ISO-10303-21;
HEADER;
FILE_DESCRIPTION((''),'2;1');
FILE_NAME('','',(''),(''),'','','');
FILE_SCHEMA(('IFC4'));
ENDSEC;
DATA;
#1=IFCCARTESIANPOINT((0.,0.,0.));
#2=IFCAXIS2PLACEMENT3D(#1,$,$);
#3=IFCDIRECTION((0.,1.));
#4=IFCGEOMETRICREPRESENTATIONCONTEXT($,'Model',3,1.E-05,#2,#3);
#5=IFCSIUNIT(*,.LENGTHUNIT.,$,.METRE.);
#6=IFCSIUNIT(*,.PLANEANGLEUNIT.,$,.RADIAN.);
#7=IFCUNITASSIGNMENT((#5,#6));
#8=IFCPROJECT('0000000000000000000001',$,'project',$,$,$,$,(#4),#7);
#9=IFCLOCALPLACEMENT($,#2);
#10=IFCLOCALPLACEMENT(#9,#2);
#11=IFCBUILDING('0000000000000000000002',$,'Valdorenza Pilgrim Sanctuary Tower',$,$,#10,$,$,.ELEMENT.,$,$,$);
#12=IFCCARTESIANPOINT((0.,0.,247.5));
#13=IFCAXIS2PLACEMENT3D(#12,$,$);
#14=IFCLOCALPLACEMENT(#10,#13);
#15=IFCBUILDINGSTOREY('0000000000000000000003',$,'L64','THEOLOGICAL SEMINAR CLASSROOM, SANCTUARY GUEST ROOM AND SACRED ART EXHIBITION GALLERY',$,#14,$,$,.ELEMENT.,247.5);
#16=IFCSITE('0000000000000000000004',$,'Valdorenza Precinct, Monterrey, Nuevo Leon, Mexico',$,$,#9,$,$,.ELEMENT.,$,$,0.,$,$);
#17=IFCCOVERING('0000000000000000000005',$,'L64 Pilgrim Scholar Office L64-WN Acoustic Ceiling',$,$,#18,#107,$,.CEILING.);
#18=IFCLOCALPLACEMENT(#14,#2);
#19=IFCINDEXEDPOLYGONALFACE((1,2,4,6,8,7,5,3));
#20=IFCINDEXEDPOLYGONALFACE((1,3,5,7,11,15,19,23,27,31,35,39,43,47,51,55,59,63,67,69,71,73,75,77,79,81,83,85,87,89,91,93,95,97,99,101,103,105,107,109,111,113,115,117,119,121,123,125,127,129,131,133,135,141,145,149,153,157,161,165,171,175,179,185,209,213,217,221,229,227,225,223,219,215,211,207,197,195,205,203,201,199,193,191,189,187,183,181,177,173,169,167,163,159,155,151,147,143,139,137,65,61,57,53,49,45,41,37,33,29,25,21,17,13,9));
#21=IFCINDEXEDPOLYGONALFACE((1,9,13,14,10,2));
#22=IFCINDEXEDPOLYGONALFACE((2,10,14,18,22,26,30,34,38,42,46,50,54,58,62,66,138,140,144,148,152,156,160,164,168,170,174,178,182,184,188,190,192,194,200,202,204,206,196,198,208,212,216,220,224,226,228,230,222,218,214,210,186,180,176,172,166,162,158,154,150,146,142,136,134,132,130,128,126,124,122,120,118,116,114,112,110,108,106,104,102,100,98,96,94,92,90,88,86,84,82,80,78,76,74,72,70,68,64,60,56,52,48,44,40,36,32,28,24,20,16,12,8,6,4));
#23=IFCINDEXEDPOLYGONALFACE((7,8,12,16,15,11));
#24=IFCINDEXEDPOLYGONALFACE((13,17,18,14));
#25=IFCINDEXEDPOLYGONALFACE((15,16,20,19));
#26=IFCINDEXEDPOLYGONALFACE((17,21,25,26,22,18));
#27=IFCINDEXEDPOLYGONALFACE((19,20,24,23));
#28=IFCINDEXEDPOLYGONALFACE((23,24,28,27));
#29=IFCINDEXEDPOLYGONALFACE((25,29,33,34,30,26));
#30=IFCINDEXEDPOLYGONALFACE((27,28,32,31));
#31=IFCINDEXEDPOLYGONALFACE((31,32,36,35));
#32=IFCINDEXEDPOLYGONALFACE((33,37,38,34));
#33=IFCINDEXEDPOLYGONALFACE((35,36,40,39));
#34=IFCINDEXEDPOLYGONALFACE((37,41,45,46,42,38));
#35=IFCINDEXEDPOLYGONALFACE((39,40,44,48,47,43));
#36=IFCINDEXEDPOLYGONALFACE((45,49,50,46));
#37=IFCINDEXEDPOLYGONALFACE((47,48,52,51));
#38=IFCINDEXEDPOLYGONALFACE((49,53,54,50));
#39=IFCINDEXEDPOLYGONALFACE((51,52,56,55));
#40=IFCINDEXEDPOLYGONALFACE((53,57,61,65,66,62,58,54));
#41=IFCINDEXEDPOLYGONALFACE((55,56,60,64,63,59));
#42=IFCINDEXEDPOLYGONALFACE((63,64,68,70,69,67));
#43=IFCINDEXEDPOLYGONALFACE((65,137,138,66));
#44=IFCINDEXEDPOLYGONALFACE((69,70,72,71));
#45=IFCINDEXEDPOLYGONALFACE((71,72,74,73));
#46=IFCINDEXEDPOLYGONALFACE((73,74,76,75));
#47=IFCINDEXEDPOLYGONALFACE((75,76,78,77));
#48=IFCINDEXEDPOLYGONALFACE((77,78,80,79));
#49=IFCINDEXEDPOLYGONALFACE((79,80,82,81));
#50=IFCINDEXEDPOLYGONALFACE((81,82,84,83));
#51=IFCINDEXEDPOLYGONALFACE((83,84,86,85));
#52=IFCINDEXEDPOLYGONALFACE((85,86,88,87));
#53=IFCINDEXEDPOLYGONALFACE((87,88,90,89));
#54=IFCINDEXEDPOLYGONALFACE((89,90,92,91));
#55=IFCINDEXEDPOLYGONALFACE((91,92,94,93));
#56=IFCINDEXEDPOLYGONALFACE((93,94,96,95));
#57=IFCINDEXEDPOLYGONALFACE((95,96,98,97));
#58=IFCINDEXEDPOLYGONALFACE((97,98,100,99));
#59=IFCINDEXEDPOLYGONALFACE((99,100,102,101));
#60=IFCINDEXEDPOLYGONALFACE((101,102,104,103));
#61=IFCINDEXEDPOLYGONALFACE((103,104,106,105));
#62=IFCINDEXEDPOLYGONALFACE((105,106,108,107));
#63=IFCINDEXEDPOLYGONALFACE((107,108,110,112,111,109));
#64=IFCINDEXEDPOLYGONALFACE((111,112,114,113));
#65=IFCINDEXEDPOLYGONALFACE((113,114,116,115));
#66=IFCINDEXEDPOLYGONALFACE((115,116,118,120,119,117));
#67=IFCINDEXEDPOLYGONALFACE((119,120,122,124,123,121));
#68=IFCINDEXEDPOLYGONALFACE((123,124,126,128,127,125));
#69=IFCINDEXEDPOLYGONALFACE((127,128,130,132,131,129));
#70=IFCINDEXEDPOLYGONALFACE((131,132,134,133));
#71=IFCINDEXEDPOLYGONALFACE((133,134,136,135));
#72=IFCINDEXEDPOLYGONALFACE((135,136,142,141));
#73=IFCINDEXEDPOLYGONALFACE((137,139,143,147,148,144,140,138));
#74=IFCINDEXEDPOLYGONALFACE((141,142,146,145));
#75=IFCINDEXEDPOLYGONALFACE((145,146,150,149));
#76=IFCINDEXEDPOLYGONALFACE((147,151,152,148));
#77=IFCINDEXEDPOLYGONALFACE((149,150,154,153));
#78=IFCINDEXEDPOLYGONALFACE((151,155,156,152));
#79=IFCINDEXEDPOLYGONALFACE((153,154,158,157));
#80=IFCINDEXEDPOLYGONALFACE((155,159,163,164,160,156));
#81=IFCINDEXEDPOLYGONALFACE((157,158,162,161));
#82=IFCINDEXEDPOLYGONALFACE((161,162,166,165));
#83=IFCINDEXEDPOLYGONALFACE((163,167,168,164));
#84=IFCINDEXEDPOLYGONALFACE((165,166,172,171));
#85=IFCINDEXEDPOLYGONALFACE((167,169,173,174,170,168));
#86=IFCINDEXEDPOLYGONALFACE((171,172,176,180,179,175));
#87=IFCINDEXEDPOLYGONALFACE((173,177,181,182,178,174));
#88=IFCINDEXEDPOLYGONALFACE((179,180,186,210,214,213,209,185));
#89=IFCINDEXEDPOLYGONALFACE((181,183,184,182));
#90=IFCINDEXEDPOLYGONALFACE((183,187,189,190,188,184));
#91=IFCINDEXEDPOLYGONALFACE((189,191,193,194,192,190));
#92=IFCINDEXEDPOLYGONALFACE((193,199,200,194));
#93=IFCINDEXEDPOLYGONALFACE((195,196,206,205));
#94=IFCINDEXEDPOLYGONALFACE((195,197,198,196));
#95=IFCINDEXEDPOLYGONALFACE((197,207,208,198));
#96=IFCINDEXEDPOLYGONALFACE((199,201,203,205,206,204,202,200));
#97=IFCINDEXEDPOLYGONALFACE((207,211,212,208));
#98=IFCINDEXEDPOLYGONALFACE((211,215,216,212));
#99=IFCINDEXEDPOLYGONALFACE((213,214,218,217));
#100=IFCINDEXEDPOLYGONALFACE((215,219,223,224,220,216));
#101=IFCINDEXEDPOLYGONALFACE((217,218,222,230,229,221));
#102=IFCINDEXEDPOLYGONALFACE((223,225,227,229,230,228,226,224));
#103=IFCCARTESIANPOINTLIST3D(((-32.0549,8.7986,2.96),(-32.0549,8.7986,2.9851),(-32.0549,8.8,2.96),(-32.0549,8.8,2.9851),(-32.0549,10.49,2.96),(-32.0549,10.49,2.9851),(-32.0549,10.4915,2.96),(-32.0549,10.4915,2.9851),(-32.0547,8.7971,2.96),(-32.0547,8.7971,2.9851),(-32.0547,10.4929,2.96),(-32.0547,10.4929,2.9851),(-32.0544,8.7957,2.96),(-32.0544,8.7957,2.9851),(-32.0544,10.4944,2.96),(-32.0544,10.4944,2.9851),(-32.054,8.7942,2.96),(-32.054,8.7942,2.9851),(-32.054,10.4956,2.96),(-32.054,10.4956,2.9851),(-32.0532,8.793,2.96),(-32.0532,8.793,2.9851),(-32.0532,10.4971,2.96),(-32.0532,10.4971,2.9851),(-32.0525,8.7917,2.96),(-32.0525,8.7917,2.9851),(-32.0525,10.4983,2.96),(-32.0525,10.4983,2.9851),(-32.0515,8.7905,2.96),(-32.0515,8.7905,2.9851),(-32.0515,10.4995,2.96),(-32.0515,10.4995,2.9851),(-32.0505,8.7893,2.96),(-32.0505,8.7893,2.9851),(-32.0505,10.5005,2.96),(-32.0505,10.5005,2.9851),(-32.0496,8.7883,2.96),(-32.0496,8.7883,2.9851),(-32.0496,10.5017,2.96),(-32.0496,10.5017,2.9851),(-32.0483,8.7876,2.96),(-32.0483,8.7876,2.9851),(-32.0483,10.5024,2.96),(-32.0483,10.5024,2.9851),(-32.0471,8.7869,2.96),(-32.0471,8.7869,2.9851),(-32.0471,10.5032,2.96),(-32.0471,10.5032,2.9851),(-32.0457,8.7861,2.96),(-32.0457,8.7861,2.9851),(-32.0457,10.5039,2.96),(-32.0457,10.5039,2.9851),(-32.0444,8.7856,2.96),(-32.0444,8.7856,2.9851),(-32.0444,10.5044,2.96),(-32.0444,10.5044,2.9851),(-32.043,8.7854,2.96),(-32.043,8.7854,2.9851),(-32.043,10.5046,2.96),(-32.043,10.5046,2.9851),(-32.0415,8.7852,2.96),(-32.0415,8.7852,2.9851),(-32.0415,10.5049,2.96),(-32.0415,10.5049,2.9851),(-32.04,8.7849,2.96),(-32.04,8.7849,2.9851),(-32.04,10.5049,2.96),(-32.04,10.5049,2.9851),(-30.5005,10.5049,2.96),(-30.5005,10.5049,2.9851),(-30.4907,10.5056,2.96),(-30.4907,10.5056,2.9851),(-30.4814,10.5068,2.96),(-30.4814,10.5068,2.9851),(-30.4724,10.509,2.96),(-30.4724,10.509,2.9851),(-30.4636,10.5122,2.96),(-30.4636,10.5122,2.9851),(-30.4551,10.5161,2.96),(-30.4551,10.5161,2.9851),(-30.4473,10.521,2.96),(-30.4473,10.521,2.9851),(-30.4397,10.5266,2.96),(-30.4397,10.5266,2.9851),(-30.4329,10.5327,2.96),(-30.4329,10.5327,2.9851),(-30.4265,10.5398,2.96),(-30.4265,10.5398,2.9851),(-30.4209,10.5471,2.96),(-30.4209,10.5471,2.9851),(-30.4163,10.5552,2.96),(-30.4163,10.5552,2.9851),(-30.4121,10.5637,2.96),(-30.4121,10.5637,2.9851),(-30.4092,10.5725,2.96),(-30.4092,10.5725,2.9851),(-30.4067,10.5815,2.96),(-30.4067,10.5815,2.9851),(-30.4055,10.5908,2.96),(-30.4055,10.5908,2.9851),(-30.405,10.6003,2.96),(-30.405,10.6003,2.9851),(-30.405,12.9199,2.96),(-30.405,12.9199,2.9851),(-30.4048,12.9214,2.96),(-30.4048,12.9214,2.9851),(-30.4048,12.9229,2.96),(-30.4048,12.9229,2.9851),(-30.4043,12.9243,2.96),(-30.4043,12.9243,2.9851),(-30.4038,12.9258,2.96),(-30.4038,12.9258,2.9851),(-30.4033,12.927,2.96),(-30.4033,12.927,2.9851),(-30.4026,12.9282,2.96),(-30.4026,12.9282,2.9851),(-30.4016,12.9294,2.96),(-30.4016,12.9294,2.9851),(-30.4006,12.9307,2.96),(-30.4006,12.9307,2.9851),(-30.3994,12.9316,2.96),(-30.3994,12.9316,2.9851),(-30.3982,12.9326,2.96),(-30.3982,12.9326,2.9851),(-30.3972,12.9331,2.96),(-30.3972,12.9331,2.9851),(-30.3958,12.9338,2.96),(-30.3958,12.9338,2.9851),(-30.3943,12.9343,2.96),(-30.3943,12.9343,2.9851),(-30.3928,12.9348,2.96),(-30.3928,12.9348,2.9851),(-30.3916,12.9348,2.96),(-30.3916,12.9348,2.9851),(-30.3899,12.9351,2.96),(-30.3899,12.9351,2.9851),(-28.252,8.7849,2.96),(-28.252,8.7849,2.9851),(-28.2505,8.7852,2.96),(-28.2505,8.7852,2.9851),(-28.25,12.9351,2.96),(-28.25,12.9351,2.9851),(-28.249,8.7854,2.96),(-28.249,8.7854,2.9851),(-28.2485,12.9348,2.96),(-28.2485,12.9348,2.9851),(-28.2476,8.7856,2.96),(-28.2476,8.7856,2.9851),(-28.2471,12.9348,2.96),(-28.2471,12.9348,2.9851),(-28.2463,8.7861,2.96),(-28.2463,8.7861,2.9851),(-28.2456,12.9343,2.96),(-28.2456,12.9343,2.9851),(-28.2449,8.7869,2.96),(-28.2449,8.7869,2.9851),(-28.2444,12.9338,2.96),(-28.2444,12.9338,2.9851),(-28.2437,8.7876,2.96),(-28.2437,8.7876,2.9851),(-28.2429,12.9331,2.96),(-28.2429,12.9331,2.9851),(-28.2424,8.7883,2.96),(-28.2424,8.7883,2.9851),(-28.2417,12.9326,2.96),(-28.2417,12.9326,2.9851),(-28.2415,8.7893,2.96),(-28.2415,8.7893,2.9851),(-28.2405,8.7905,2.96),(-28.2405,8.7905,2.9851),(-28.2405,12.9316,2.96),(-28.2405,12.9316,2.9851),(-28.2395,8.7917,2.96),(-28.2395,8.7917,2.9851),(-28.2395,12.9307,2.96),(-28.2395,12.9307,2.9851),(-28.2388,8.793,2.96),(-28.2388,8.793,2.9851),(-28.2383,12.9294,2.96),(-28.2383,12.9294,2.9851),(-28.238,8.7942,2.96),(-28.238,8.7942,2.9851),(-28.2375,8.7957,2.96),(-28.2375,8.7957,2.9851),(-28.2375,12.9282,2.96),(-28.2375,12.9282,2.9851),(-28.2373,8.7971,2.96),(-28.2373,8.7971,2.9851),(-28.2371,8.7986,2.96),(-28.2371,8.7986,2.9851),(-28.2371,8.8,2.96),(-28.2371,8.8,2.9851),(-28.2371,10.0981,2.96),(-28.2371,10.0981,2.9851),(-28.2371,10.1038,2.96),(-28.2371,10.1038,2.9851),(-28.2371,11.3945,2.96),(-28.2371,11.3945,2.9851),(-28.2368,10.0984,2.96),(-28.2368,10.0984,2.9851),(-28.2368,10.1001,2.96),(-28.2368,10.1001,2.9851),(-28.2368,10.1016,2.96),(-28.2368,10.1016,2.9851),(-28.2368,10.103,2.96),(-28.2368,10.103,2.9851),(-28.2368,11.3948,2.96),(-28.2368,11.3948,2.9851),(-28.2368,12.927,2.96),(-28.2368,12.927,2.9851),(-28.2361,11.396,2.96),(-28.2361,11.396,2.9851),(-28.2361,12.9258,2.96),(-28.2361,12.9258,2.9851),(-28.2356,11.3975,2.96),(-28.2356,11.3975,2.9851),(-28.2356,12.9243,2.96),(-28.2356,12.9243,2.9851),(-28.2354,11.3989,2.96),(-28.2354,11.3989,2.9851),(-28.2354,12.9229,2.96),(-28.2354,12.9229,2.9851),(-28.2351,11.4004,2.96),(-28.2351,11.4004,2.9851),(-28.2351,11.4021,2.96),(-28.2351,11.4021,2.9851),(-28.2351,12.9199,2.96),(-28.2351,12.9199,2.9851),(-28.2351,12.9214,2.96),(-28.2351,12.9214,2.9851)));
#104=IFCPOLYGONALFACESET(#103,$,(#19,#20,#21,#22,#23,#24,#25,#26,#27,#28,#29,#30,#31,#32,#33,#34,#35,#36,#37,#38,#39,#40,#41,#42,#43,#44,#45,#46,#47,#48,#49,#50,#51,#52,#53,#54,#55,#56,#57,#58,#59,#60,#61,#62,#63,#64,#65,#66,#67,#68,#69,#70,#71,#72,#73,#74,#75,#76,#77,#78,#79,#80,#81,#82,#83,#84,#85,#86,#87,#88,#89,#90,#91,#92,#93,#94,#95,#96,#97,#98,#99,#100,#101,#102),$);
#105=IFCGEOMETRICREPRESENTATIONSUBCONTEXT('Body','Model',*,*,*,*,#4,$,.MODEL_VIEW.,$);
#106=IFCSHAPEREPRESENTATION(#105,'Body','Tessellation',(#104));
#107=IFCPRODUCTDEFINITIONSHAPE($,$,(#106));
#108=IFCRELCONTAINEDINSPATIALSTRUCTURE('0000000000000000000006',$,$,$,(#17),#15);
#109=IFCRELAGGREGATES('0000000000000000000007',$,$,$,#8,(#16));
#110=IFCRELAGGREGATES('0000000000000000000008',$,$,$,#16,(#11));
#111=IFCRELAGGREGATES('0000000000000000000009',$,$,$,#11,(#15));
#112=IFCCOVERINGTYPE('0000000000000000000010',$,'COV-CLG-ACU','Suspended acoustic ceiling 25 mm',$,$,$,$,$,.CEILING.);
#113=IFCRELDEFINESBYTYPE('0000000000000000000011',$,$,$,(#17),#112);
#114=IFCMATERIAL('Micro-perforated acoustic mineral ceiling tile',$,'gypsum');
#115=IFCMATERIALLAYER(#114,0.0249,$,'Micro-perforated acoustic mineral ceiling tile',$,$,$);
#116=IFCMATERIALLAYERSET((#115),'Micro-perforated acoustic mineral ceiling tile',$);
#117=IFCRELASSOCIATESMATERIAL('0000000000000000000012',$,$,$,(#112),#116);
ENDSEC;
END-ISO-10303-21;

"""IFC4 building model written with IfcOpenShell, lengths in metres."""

from ifc_helpers import new_model, si_unit, direction, frame, origin, place, context, subcontext, project, spatial, polyline, outline, extrude, material, layer, layer_set, type_object, element, save


model = new_model("IFC4")

# Units and contexts
model_context = context("Model", 3, precision=1e-05, world=origin(), true_north=direction((0.0, 1.0)))
body_context = subcontext(model_context, "Body", "Model", "MODEL_VIEW")
ifc_project = project(units=[si_unit("LENGTHUNIT", "METRE"), si_unit("PLANEANGLEUNIT", "RADIAN")], contexts=[model_context])

# Site, building, storey
site_placement = place(None, origin())
site = spatial("IfcSite", under=ifc_project, at=site_placement, Name="Valdorenza Precinct, Monterrey, Nuevo Leon, Mexico", CompositionType="ELEMENT", RefElevation=0.0)
building_placement = place(site_placement, origin())
building = spatial("IfcBuilding", under=site, at=building_placement, Name="Valdorenza Pilgrim Sanctuary Tower", CompositionType="ELEMENT")
storey_placement = place(building_placement, frame((0.0, 0.0, 247.5)))
storey = spatial("IfcBuildingStorey", under=building, at=storey_placement, Name="L64", Description="THEOLOGICAL SEMINAR CLASSROOM, SANCTUARY GUEST ROOM AND SACRED ART EXHIBITION GALLERY", CompositionType="ELEMENT", Elevation=247.5)

# Covering
ifc_material_1 = material(Name="Micro-perforated acoustic mineral ceiling tile", Category="gypsum")
ifc_layer_1 = layer(ifc_material_1, 0.0249, Name="Micro-perforated acoustic mineral ceiling tile")
ifc_layer_set_1 = layer_set([ifc_layer_1], Name="Micro-perforated acoustic mineral ceiling tile")
covering_type_1 = type_object("IfcCoveringType", Name="COV-CLG-ACU", Description="Suspended acoustic ceiling 25 mm", PredefinedType="CEILING", material=ifc_layer_set_1)
covering_1_placement = place(storey_placement, frame((0.0, 0.0, 2.96)))
element("IfcCovering", 1, at=covering_1_placement, inside=storey, type_object=covering_type_1, Name="L64 Pilgrim Scholar Office L64-WN Acoustic Ceiling", PredefinedType="CEILING", context=body_context, shape_type="SweptSolid", body=[
    extrude(outline(polyline([(-28.2371, 11.3945), (-28.2371, 10.1038), (-28.2368, 10.103), (-28.2368, 10.1016), (-28.2368, 10.1001), (-28.2368, 10.0984), (-28.2371, 10.0981), (-28.2371, 8.8), (-28.2371, 8.7986), (-28.2373, 8.7971), (-28.2375, 8.7957), (-28.238, 8.7942), (-28.2388, 8.793), (-28.2395, 8.7917), (-28.2405, 8.7905), (-28.2415, 8.7893), (-28.2424, 8.7883), (-28.2437, 8.7876), (-28.2449, 8.7869), (-28.2463, 8.7861), (-28.2476, 8.7856), (-28.249, 8.7854), (-28.2505, 8.7852), (-28.252, 8.7849), (-32.04, 8.7849), (-32.0415, 8.7852), (-32.043, 8.7854), (-32.0444, 8.7856), (-32.0457, 8.7861), (-32.0471, 8.7869), (-32.0483, 8.7876), (-32.0496, 8.7883), (-32.0505, 8.7893), (-32.0515, 8.7905), (-32.0525, 8.7917), (-32.0532, 8.793), (-32.054, 8.7942), (-32.0544, 8.7957), (-32.0547, 8.7971), (-32.0549, 8.7986), (-32.0549, 8.8), (-32.0549, 10.49), (-32.0549, 10.4915), (-32.0547, 10.4929), (-32.0544, 10.4944), (-32.054, 10.4956), (-32.0532, 10.4971), (-32.0525, 10.4983), (-32.0515, 10.4995), (-32.0505, 10.5005), (-32.0496, 10.5017), (-32.0483, 10.5024), (-32.0471, 10.5032), (-32.0457, 10.5039), (-32.0444, 10.5044), (-32.043, 10.5046), (-32.0415, 10.5049), (-32.04, 10.5049), (-30.5005, 10.5049), (-30.4907, 10.5056), (-30.4814, 10.5068), (-30.4724, 10.509), (-30.4636, 10.5122), (-30.4551, 10.5161), (-30.4473, 10.521), (-30.4397, 10.5266), (-30.4329, 10.5327), (-30.4265, 10.5398), (-30.4209, 10.5471), (-30.4163, 10.5552), (-30.4121, 10.5637), (-30.4092, 10.5725), (-30.4067, 10.5815), (-30.4055, 10.5908), (-30.405, 10.6003), (-30.405, 12.9199), (-30.4048, 12.9214), (-30.4048, 12.9229), (-30.4043, 12.9243), (-30.4038, 12.9258), (-30.4033, 12.927), (-30.4026, 12.9282), (-30.4016, 12.9294), (-30.4006, 12.9307), (-30.3994, 12.9316), (-30.3982, 12.9326), (-30.3972, 12.9331), (-30.3958, 12.9338), (-30.3943, 12.9343), (-30.3928, 12.9348), (-30.3916, 12.9348), (-30.3899, 12.9351), (-28.25, 12.9351), (-28.2485, 12.9348), (-28.2471, 12.9348), (-28.2456, 12.9343), (-28.2444, 12.9338), (-28.2429, 12.9331), (-28.2417, 12.9326), (-28.2405, 12.9316), (-28.2395, 12.9307), (-28.2383, 12.9294), (-28.2375, 12.9282), (-28.2368, 12.927), (-28.2361, 12.9258), (-28.2356, 12.9243), (-28.2354, 12.9229), (-28.2351, 12.9214), (-28.2351, 12.9199), (-28.2351, 11.4021), (-28.2351, 11.4004), (-28.2354, 11.3989), (-28.2356, 11.3975), (-28.2361, 11.396), (-28.2368, 11.3948), (-28.2371, 11.3945)])), origin(), (0.0, 0.0, 1.0), 0.0251),
])

save(model, "model.ifc")
